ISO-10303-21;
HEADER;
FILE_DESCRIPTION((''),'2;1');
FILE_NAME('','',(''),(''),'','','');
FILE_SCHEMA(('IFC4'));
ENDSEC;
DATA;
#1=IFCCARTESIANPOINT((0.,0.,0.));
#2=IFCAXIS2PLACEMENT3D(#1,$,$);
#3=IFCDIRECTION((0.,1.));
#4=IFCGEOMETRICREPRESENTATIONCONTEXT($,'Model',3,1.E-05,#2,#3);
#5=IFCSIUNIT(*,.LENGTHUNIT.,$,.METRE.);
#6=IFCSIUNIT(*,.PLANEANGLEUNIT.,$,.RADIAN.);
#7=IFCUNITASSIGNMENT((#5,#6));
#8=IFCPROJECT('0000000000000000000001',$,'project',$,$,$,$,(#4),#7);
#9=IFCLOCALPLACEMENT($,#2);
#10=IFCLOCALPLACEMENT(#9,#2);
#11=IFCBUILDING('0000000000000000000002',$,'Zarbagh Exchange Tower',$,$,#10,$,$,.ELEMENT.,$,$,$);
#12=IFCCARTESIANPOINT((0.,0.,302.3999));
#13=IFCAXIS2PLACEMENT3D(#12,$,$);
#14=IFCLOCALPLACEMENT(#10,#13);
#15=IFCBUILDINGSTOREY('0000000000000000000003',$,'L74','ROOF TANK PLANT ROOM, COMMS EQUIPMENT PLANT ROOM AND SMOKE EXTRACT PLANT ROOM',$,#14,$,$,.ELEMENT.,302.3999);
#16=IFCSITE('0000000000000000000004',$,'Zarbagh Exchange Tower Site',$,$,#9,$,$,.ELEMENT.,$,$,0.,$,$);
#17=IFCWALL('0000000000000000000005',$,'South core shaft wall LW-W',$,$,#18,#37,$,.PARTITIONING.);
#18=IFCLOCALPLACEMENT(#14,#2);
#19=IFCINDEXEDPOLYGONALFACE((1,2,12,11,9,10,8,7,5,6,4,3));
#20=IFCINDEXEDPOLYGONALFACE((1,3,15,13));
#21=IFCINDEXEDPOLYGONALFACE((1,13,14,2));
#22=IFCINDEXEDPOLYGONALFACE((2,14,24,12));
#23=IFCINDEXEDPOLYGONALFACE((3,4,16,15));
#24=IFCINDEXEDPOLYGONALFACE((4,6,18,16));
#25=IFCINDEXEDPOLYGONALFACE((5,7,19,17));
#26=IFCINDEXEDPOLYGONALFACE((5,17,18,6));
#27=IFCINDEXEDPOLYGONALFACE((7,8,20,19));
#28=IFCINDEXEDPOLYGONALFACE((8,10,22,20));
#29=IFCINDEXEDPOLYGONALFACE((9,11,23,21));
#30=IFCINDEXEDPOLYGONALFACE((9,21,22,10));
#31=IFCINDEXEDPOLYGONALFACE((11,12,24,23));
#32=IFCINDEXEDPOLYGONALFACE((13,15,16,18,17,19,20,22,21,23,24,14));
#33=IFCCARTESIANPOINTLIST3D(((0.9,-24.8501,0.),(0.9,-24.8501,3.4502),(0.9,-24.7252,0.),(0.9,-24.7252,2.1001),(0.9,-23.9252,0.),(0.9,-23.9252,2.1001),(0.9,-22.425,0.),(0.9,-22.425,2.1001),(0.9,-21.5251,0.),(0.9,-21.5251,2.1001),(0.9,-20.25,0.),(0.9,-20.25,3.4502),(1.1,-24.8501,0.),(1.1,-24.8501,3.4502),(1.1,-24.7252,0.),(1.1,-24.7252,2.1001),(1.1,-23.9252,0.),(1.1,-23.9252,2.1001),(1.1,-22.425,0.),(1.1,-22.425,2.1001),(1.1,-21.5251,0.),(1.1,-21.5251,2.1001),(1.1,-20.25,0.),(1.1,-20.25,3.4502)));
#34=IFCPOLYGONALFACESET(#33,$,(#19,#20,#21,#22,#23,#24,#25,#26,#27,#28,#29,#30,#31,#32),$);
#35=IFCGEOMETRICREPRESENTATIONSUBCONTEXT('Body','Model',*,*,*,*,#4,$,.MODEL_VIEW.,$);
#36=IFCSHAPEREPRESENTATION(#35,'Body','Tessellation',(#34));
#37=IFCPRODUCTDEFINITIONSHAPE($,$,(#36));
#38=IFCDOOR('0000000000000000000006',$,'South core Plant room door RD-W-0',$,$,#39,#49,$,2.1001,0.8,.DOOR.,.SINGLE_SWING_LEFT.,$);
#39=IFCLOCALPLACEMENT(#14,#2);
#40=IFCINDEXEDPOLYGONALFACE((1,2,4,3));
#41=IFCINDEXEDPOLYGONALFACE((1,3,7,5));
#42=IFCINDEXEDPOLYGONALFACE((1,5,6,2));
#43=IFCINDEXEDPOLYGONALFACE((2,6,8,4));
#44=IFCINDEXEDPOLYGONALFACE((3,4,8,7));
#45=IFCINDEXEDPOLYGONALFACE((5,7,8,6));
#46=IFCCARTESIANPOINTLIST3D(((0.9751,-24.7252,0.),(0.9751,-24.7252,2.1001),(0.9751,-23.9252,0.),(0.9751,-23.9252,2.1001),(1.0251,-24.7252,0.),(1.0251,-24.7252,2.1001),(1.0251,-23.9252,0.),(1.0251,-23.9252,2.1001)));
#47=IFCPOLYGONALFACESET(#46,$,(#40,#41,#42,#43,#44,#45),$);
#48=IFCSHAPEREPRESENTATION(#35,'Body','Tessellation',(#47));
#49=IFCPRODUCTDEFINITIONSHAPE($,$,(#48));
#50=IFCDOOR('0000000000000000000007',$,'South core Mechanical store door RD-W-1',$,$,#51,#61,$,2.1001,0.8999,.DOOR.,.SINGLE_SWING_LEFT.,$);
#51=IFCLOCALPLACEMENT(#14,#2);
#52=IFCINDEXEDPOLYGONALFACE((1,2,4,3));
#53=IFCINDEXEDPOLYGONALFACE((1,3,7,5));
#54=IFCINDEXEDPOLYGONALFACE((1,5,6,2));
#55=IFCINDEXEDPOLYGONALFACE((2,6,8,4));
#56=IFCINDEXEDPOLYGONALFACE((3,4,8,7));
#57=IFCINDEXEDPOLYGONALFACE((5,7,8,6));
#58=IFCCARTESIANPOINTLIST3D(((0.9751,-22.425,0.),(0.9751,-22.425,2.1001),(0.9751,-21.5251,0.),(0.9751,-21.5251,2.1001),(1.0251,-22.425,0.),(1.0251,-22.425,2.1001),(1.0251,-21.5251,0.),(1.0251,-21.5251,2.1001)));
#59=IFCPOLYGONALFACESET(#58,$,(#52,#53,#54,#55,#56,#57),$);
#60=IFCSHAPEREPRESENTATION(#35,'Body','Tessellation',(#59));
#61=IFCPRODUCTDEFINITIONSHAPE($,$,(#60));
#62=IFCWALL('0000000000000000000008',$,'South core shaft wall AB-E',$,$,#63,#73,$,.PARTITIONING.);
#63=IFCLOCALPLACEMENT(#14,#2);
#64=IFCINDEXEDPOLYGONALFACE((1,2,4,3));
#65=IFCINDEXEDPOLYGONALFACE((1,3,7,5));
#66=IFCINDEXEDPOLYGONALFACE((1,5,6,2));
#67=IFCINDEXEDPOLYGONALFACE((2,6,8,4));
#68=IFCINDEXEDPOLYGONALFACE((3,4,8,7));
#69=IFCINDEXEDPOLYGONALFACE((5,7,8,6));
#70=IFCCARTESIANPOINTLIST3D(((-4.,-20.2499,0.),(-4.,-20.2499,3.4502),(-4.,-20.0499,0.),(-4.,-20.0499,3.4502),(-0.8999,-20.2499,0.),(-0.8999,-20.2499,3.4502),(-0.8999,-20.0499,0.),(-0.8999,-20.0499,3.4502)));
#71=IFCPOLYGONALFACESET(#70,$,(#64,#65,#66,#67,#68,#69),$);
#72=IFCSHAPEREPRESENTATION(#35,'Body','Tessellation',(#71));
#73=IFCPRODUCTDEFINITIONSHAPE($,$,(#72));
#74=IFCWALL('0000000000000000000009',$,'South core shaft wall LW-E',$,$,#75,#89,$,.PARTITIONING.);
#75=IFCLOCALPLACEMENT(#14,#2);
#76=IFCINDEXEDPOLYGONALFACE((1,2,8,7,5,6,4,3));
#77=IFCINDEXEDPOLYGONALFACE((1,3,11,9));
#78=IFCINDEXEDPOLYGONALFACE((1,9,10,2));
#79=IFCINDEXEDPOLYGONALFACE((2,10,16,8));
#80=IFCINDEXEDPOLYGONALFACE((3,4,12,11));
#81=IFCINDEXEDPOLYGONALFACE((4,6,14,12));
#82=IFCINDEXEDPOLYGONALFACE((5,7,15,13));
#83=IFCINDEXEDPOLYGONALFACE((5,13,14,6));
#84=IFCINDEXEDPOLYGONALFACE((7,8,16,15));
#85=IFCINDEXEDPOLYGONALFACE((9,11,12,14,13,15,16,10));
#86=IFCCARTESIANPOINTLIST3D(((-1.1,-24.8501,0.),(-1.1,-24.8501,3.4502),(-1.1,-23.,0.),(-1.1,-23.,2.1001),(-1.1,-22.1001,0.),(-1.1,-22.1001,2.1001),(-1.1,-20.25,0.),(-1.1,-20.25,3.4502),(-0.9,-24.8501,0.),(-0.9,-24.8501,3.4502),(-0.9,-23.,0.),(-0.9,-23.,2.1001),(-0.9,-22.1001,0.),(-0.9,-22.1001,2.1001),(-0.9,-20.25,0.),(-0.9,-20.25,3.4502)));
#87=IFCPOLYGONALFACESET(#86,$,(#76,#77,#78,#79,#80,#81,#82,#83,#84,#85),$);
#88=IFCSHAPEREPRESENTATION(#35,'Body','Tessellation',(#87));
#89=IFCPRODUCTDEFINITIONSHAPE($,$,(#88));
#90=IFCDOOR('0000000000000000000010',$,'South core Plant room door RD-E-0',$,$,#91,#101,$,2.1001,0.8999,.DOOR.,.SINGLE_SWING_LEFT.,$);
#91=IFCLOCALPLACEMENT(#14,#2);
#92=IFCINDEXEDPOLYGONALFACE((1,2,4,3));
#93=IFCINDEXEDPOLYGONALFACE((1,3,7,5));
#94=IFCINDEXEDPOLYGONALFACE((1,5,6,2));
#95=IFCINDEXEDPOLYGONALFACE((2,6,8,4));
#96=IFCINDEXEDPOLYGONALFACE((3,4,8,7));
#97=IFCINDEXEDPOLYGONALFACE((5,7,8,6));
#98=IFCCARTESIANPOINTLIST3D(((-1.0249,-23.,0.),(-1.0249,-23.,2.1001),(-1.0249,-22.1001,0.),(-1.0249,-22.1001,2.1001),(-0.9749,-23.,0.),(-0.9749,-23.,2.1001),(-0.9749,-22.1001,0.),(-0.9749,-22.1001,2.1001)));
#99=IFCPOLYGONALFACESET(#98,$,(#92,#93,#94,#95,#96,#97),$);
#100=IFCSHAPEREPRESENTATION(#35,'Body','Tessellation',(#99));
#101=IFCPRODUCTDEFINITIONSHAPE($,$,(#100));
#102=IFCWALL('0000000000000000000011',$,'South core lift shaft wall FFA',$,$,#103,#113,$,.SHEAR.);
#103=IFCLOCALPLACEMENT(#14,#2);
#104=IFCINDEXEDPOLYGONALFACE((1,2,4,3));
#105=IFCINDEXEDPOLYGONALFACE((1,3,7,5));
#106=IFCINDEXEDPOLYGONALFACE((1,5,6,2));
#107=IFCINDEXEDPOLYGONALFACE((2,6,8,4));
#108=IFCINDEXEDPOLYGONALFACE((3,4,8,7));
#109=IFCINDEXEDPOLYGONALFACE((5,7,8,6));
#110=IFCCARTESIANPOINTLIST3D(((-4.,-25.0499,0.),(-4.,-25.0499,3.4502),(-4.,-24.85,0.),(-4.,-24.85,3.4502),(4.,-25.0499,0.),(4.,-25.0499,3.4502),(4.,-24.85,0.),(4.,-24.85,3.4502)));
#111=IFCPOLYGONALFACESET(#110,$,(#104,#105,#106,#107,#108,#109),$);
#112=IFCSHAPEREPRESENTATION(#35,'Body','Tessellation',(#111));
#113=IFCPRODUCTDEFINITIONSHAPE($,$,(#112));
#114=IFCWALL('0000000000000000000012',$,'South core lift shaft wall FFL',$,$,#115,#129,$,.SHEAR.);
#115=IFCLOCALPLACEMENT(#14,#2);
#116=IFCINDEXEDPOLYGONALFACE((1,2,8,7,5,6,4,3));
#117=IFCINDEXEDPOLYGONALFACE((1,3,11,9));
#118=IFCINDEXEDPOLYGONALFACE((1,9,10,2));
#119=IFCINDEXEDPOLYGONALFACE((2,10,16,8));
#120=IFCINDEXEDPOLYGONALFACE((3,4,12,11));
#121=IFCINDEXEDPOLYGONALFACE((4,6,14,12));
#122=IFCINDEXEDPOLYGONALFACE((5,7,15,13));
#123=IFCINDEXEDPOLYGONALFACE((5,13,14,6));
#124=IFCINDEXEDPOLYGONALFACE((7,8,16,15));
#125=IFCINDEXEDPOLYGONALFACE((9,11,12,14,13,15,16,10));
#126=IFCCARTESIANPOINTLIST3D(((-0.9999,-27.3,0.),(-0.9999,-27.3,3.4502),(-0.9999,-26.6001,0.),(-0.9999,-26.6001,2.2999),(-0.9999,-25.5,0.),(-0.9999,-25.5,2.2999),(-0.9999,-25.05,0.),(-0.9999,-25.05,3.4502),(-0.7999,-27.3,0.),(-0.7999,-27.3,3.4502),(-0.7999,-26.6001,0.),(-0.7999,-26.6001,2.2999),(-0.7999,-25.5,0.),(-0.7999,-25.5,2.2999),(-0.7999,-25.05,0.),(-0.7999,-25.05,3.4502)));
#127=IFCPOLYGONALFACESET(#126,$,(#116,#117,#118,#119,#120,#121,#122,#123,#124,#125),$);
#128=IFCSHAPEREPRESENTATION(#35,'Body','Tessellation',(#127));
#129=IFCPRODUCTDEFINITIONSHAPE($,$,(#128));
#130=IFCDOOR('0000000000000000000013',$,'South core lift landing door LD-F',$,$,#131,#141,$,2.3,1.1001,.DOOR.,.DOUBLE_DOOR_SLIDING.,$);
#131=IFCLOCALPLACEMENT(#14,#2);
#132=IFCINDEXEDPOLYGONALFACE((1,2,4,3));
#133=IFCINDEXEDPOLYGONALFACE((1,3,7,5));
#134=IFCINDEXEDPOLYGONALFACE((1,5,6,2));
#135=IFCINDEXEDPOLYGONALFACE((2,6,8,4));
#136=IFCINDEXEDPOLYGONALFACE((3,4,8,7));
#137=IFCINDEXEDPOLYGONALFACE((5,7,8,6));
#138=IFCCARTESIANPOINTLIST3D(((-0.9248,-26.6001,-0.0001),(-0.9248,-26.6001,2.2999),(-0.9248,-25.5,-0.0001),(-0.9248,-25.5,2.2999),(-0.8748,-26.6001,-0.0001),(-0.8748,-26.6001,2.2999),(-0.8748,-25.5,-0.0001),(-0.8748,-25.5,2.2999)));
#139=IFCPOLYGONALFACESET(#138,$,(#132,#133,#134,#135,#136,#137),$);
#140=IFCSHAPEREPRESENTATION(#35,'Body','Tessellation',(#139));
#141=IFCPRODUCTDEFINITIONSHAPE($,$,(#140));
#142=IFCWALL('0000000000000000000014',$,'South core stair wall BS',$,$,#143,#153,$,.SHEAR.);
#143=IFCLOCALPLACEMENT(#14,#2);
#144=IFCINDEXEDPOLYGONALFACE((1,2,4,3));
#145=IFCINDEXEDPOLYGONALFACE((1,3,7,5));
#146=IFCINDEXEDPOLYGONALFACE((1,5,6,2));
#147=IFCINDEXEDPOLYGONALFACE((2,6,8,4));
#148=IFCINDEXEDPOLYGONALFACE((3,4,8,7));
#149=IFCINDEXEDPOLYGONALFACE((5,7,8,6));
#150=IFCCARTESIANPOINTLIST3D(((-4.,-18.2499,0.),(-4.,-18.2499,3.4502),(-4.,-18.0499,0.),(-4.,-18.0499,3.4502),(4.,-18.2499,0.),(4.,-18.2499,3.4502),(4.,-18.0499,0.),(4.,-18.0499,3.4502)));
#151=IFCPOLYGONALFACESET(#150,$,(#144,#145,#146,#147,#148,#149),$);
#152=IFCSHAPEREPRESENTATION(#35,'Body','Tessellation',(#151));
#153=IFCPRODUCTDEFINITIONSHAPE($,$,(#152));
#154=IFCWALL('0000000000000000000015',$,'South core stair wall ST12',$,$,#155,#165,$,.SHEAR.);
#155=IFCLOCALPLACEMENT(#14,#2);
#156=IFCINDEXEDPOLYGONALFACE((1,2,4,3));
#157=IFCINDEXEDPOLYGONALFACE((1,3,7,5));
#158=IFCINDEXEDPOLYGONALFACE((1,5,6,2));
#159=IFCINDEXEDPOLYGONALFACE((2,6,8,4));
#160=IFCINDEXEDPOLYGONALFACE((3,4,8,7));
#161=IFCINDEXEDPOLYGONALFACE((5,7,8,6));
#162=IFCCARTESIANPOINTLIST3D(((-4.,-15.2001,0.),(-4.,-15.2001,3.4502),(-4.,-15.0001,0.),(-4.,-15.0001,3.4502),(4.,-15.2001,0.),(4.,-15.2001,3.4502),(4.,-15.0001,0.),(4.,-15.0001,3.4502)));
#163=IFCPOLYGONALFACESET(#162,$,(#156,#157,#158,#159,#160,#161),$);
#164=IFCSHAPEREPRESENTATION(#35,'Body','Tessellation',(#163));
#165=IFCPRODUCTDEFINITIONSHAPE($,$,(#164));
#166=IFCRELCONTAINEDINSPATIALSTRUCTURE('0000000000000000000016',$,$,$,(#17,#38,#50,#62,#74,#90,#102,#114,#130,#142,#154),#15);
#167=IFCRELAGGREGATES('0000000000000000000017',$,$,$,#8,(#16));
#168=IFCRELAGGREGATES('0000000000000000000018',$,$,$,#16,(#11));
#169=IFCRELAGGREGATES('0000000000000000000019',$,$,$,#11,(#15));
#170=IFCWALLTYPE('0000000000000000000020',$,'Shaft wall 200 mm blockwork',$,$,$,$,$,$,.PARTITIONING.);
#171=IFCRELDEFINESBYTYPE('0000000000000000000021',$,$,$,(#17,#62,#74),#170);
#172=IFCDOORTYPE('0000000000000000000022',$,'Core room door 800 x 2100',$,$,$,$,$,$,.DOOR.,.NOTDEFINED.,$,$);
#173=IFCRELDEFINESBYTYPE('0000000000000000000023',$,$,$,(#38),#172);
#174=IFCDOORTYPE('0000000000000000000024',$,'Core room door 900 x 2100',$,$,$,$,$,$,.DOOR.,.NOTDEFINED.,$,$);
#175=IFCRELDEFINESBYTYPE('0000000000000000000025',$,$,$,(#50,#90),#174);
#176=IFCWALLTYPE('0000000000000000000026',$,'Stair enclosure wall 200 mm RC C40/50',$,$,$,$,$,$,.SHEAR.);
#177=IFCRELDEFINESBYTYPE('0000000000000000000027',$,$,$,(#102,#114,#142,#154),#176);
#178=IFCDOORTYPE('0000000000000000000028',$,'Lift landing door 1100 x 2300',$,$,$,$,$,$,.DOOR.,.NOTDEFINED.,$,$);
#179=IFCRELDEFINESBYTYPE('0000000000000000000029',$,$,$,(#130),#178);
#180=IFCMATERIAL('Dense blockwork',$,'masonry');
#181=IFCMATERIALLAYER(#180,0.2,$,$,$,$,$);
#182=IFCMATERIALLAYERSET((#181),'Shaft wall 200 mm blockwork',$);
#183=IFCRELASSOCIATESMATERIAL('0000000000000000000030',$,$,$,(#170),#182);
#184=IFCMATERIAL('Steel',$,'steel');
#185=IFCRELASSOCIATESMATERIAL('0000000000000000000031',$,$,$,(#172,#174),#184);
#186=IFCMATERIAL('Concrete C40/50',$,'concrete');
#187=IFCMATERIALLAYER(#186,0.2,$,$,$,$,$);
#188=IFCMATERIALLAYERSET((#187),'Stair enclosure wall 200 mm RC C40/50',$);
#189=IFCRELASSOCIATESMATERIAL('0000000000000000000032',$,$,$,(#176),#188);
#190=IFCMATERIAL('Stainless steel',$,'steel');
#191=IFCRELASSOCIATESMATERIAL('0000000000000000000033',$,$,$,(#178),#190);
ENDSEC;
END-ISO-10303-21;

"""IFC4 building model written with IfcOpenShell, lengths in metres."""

from ifc_helpers import new_model, si_unit, direction, frame, frame_2d, origin, place, context, subcontext, project, spatial, rectangle, extrude, material, layer, layer_set, type_object, element, fill, save


model = new_model("IFC4")

# Units and contexts
model_context = context("Model", 3, precision=1e-05, world=origin(), true_north=direction((0.0, 1.0)))
body_context = subcontext(model_context, "Body", "Model", "MODEL_VIEW")
ifc_project = project(units=[si_unit("LENGTHUNIT", "METRE"), si_unit("PLANEANGLEUNIT", "RADIAN")], contexts=[model_context])

# Site, building, storey
site_placement = place(None, origin())
site = spatial("IfcSite", under=ifc_project, at=site_placement, Name="Zarbagh Exchange Tower Site", CompositionType="ELEMENT", RefElevation=0.0)
building_placement = place(site_placement, origin())
building = spatial("IfcBuilding", under=site, at=building_placement, Name="Zarbagh Exchange Tower", CompositionType="ELEMENT")
storey_placement = place(building_placement, frame((0.0, 0.0, 302.3999)))
storey = spatial("IfcBuildingStorey", under=building, at=storey_placement, Name="L74", Description="ROOF TANK PLANT ROOM, COMMS EQUIPMENT PLANT ROOM AND SMOKE EXTRACT PLANT ROOM", CompositionType="ELEMENT", Elevation=302.3999)

# Shared definitions
ifc_material_1 = material(Name="Concrete C40/50", Category="concrete")

# Shared definitions
ifc_material_2 = material(Name="Dense blockwork", Category="masonry")
ifc_layer_1 = layer(ifc_material_2, 0.2)
ifc_layer_set_1 = layer_set([ifc_layer_1], Name="Shaft wall 200 mm blockwork")
wall_type_1 = type_object("IfcWallType", Name="Shaft wall 200 mm blockwork", PredefinedType="PARTITIONING", material=ifc_layer_set_1)

# Wall, openings, doors
wall_1_placement = place(storey_placement, frame((1.0, -24.8501, 0.0), z_axis=(0.0, 0.0, 1.0), x_axis=(0.0, 1.0, 0.0)))
wall_1 = element("IfcWall", 1, at=wall_1_placement, inside=storey, type_object=wall_type_1, Name="South core shaft wall LW-W", PredefinedType="PARTITIONING", context=body_context, shape_type="SweptSolid", body=[
    extrude(rectangle(XDim=4.6001, YDim=0.2, at=frame_2d((2.3, 0.0))), origin(), (0.0, 0.0, 1.0), 3.4502),
])
opening_1_placement = place(wall_1_placement, frame((0.125, 0.0, 0.0)))
opening_1 = element("IfcOpeningElement", 2, at=opening_1_placement, cuts=wall_1, PredefinedType="OPENING", context=body_context, shape_type="SweptSolid", body=[
    extrude(rectangle(XDim=0.8, YDim=2.1001, at=frame_2d((0.3999, 1.05))), frame((0.0, 0.1099, 0.0), z_axis=(0.0, -1.0, 0.0), x_axis=(1.0, 0.0, 0.0)), (0.0, 0.0, 1.0), 0.22),
])
opening_2_placement = place(wall_1_placement, frame((2.425, 0.0, 0.0)))
opening_2 = element("IfcOpeningElement", 3, at=opening_2_placement, cuts=wall_1, PredefinedType="OPENING", context=body_context, shape_type="SweptSolid", body=[
    extrude(rectangle(XDim=0.8999, YDim=2.1001, at=frame_2d((0.45, 1.05))), frame((0.0, 0.1099, 0.0), z_axis=(0.0, -1.0, 0.0), x_axis=(1.0, 0.0, 0.0)), (0.0, 0.0, 1.0), 0.22),
])
ifc_material_3 = material(Name="Steel", Category="steel")
door_type_1 = type_object("IfcDoorType", Name="Core room door 800 x 2100", OperationType="NOTDEFINED", PredefinedType="DOOR", material=ifc_material_3)
door_1_placement = place(opening_1_placement, origin())
door_1 = element("IfcDoor", 4, at=door_1_placement, inside=storey, type_object=door_type_1, Name="South core Plant room door RD-W-0", OperationType="SINGLE_SWING_LEFT", OverallHeight=2.1001, OverallWidth=0.8, PredefinedType="DOOR", context=body_context, shape_type="SweptSolid", body=[
    extrude(rectangle(XDim=0.8, YDim=2.1001, at=frame_2d((0.3999, 1.05))), frame((0.0, 0.0249, 0.0), z_axis=(0.0, -1.0, 0.0), x_axis=(1.0, 0.0, 0.0)), (0.0, 0.0, 1.0), 0.05),
])
fill(opening_1, door_1)
door_type_2 = type_object("IfcDoorType", Name="Core room door 900 x 2100", OperationType="NOTDEFINED", PredefinedType="DOOR", material=ifc_material_3)
door_2_placement = place(opening_2_placement, origin())
door_2 = element("IfcDoor", 5, at=door_2_placement, inside=storey, type_object=door_type_2, Name="South core Mechanical store door RD-W-1", OperationType="SINGLE_SWING_LEFT", OverallHeight=2.1001, OverallWidth=0.8999, PredefinedType="DOOR", context=body_context, shape_type="SweptSolid", body=[
    extrude(rectangle(XDim=0.8999, YDim=2.1001, at=frame_2d((0.45, 1.05))), frame((0.0, 0.0249, 0.0), z_axis=(0.0, -1.0, 0.0), x_axis=(1.0, 0.0, 0.0)), (0.0, 0.0, 1.0), 0.05),
])
fill(opening_2, door_2)

# Wall
wall_2_placement = place(storey_placement, frame((-0.8999, -20.1499, 0.0), z_axis=(0.0, 0.0, 1.0), x_axis=(-1.0, 0.0, 0.0)))
element("IfcWall", 6, at=wall_2_placement, inside=storey, type_object=wall_type_1, Name="South core shaft wall AB-E", PredefinedType="PARTITIONING", context=body_context, shape_type="SweptSolid", body=[
    extrude(rectangle(XDim=3.1001, YDim=0.2, at=frame_2d((1.55, 0.0))), origin(), (0.0, 0.0, 1.0), 3.4502),
])

# Wall, opening, door
wall_3_placement = place(storey_placement, frame((-1.0, -24.8501, 0.0), z_axis=(0.0, 0.0, 1.0), x_axis=(0.0, 1.0, 0.0)))
wall_3 = element("IfcWall", 7, at=wall_3_placement, inside=storey, type_object=wall_type_1, Name="South core shaft wall LW-E", PredefinedType="PARTITIONING", context=body_context, shape_type="SweptSolid", body=[
    extrude(rectangle(XDim=4.6001, YDim=0.2, at=frame_2d((2.3, 0.0))), origin(), (0.0, 0.0, 1.0), 3.4502),
])
opening_3_placement = place(wall_3_placement, frame((1.8501, 0.0, 0.0)))
opening_3 = element("IfcOpeningElement", 8, at=opening_3_placement, cuts=wall_3, PredefinedType="OPENING", context=body_context, shape_type="SweptSolid", body=[
    extrude(rectangle(XDim=0.8999, YDim=2.1001, at=frame_2d((0.45, 1.05))), frame((0.0, 0.1099, 0.0), z_axis=(0.0, -1.0, 0.0), x_axis=(1.0, 0.0, 0.0)), (0.0, 0.0, 1.0), 0.22),
])
door_3_placement = place(opening_3_placement, origin())
door_3 = element("IfcDoor", 9, at=door_3_placement, inside=storey, type_object=door_type_2, Name="South core Plant room door RD-E-0", OperationType="SINGLE_SWING_LEFT", OverallHeight=2.1001, OverallWidth=0.8999, PredefinedType="DOOR", context=body_context, shape_type="SweptSolid", body=[
    extrude(rectangle(XDim=0.8999, YDim=2.1001, at=frame_2d((0.45, 1.05))), frame((0.0, 0.0249, 0.0), z_axis=(0.0, -1.0, 0.0), x_axis=(1.0, 0.0, 0.0)), (0.0, 0.0, 1.0), 0.05),
])
fill(opening_3, door_3)

# Wall
ifc_layer_2 = layer(ifc_material_1, 0.2)
ifc_layer_set_2 = layer_set([ifc_layer_2], Name="Stair enclosure wall 200 mm RC C40/50")
wall_type_2 = type_object("IfcWallType", Name="Stair enclosure wall 200 mm RC C40/50", PredefinedType="SHEAR", material=ifc_layer_set_2)
wall_4_placement = place(storey_placement, frame((4.0, -24.95, 0.0), z_axis=(0.0, 0.0, 1.0), x_axis=(-1.0, 0.0, 0.0)))
element("IfcWall", 10, at=wall_4_placement, inside=storey, type_object=wall_type_2, Name="South core lift shaft wall FFA", PredefinedType="SHEAR", context=body_context, shape_type="SweptSolid", body=[
    extrude(rectangle(XDim=8.0, YDim=0.2, at=frame_2d((4.0, 0.0))), origin(), (0.0, 0.0, 1.0), 3.4502),
])

# Wall, opening, door
wall_5_placement = place(storey_placement, frame((-0.8999, -27.3, 0.0), z_axis=(0.0, 0.0, 1.0), x_axis=(0.0, 1.0, 0.0)))
wall_5 = element("IfcWall", 11, at=wall_5_placement, inside=storey, type_object=wall_type_2, Name="South core lift shaft wall FFL", PredefinedType="SHEAR", context=body_context, shape_type="SweptSolid", body=[
    extrude(rectangle(XDim=2.25, YDim=0.2, at=frame_2d((1.125, 0.0))), origin(), (0.0, 0.0, 1.0), 3.4502),
])
opening_4_placement = place(wall_5_placement, frame((0.7, 0.0, 0.0)))
opening_4 = element("IfcOpeningElement", 12, at=opening_4_placement, cuts=wall_5, PredefinedType="OPENING", context=body_context, shape_type="SweptSolid", body=[
    extrude(rectangle(XDim=1.1001, YDim=2.3, at=frame_2d((0.55, 1.1499))), frame((0.0, 0.1099, 0.0), z_axis=(0.0, -1.0, 0.0), x_axis=(1.0, 0.0, 0.0)), (0.0, 0.0, 1.0), 0.22),
])
ifc_material_4 = material(Name="Stainless steel", Category="steel")
door_type_3 = type_object("IfcDoorType", Name="Lift landing door 1100 x 2300", OperationType="NOTDEFINED", PredefinedType="DOOR", material=ifc_material_4)
door_4_placement = place(opening_4_placement, origin())
door_4 = element("IfcDoor", 13, at=door_4_placement, inside=storey, type_object=door_type_3, Name="South core lift landing door LD-F", OperationType="DOUBLE_DOOR_SLIDING", OverallHeight=2.3, OverallWidth=1.1001, PredefinedType="DOOR", context=body_context, shape_type="SweptSolid", body=[
    extrude(rectangle(XDim=1.1001, YDim=2.3, at=frame_2d((0.55, 1.1499))), frame((0.0, 0.0249, 0.0), z_axis=(0.0, -1.0, 0.0), x_axis=(1.0, 0.0, 0.0)), (0.0, 0.0, 1.0), 0.05),
])
fill(opening_4, door_4)

# Walls
for number, where, z_axis, x_axis, name in (
    (14, (4.0, -18.1499, 0.0), (0.0, 0.0, 1.0), (-1.0, 0.0, 0.0), "South core stair wall BS"),
    (15, (4.0, -15.1001, 0.0), (0.0, 0.0, 1.0), (-1.0, 0.0, 0.0), "South core stair wall ST12"),
):
    element("IfcWall", number, at=place(storey_placement, frame(where, z_axis=z_axis, x_axis=x_axis)), inside=storey, type_object=wall_type_2, Name=name, PredefinedType="SHEAR", context=body_context, shape_type="SweptSolid", body=[
        extrude(rectangle(XDim=8.0, YDim=0.2, at=frame_2d((4.0, 0.0))), origin(), (0.0, 0.0, 1.0), 3.4502),
    ])

save(model, "model.ifc")
